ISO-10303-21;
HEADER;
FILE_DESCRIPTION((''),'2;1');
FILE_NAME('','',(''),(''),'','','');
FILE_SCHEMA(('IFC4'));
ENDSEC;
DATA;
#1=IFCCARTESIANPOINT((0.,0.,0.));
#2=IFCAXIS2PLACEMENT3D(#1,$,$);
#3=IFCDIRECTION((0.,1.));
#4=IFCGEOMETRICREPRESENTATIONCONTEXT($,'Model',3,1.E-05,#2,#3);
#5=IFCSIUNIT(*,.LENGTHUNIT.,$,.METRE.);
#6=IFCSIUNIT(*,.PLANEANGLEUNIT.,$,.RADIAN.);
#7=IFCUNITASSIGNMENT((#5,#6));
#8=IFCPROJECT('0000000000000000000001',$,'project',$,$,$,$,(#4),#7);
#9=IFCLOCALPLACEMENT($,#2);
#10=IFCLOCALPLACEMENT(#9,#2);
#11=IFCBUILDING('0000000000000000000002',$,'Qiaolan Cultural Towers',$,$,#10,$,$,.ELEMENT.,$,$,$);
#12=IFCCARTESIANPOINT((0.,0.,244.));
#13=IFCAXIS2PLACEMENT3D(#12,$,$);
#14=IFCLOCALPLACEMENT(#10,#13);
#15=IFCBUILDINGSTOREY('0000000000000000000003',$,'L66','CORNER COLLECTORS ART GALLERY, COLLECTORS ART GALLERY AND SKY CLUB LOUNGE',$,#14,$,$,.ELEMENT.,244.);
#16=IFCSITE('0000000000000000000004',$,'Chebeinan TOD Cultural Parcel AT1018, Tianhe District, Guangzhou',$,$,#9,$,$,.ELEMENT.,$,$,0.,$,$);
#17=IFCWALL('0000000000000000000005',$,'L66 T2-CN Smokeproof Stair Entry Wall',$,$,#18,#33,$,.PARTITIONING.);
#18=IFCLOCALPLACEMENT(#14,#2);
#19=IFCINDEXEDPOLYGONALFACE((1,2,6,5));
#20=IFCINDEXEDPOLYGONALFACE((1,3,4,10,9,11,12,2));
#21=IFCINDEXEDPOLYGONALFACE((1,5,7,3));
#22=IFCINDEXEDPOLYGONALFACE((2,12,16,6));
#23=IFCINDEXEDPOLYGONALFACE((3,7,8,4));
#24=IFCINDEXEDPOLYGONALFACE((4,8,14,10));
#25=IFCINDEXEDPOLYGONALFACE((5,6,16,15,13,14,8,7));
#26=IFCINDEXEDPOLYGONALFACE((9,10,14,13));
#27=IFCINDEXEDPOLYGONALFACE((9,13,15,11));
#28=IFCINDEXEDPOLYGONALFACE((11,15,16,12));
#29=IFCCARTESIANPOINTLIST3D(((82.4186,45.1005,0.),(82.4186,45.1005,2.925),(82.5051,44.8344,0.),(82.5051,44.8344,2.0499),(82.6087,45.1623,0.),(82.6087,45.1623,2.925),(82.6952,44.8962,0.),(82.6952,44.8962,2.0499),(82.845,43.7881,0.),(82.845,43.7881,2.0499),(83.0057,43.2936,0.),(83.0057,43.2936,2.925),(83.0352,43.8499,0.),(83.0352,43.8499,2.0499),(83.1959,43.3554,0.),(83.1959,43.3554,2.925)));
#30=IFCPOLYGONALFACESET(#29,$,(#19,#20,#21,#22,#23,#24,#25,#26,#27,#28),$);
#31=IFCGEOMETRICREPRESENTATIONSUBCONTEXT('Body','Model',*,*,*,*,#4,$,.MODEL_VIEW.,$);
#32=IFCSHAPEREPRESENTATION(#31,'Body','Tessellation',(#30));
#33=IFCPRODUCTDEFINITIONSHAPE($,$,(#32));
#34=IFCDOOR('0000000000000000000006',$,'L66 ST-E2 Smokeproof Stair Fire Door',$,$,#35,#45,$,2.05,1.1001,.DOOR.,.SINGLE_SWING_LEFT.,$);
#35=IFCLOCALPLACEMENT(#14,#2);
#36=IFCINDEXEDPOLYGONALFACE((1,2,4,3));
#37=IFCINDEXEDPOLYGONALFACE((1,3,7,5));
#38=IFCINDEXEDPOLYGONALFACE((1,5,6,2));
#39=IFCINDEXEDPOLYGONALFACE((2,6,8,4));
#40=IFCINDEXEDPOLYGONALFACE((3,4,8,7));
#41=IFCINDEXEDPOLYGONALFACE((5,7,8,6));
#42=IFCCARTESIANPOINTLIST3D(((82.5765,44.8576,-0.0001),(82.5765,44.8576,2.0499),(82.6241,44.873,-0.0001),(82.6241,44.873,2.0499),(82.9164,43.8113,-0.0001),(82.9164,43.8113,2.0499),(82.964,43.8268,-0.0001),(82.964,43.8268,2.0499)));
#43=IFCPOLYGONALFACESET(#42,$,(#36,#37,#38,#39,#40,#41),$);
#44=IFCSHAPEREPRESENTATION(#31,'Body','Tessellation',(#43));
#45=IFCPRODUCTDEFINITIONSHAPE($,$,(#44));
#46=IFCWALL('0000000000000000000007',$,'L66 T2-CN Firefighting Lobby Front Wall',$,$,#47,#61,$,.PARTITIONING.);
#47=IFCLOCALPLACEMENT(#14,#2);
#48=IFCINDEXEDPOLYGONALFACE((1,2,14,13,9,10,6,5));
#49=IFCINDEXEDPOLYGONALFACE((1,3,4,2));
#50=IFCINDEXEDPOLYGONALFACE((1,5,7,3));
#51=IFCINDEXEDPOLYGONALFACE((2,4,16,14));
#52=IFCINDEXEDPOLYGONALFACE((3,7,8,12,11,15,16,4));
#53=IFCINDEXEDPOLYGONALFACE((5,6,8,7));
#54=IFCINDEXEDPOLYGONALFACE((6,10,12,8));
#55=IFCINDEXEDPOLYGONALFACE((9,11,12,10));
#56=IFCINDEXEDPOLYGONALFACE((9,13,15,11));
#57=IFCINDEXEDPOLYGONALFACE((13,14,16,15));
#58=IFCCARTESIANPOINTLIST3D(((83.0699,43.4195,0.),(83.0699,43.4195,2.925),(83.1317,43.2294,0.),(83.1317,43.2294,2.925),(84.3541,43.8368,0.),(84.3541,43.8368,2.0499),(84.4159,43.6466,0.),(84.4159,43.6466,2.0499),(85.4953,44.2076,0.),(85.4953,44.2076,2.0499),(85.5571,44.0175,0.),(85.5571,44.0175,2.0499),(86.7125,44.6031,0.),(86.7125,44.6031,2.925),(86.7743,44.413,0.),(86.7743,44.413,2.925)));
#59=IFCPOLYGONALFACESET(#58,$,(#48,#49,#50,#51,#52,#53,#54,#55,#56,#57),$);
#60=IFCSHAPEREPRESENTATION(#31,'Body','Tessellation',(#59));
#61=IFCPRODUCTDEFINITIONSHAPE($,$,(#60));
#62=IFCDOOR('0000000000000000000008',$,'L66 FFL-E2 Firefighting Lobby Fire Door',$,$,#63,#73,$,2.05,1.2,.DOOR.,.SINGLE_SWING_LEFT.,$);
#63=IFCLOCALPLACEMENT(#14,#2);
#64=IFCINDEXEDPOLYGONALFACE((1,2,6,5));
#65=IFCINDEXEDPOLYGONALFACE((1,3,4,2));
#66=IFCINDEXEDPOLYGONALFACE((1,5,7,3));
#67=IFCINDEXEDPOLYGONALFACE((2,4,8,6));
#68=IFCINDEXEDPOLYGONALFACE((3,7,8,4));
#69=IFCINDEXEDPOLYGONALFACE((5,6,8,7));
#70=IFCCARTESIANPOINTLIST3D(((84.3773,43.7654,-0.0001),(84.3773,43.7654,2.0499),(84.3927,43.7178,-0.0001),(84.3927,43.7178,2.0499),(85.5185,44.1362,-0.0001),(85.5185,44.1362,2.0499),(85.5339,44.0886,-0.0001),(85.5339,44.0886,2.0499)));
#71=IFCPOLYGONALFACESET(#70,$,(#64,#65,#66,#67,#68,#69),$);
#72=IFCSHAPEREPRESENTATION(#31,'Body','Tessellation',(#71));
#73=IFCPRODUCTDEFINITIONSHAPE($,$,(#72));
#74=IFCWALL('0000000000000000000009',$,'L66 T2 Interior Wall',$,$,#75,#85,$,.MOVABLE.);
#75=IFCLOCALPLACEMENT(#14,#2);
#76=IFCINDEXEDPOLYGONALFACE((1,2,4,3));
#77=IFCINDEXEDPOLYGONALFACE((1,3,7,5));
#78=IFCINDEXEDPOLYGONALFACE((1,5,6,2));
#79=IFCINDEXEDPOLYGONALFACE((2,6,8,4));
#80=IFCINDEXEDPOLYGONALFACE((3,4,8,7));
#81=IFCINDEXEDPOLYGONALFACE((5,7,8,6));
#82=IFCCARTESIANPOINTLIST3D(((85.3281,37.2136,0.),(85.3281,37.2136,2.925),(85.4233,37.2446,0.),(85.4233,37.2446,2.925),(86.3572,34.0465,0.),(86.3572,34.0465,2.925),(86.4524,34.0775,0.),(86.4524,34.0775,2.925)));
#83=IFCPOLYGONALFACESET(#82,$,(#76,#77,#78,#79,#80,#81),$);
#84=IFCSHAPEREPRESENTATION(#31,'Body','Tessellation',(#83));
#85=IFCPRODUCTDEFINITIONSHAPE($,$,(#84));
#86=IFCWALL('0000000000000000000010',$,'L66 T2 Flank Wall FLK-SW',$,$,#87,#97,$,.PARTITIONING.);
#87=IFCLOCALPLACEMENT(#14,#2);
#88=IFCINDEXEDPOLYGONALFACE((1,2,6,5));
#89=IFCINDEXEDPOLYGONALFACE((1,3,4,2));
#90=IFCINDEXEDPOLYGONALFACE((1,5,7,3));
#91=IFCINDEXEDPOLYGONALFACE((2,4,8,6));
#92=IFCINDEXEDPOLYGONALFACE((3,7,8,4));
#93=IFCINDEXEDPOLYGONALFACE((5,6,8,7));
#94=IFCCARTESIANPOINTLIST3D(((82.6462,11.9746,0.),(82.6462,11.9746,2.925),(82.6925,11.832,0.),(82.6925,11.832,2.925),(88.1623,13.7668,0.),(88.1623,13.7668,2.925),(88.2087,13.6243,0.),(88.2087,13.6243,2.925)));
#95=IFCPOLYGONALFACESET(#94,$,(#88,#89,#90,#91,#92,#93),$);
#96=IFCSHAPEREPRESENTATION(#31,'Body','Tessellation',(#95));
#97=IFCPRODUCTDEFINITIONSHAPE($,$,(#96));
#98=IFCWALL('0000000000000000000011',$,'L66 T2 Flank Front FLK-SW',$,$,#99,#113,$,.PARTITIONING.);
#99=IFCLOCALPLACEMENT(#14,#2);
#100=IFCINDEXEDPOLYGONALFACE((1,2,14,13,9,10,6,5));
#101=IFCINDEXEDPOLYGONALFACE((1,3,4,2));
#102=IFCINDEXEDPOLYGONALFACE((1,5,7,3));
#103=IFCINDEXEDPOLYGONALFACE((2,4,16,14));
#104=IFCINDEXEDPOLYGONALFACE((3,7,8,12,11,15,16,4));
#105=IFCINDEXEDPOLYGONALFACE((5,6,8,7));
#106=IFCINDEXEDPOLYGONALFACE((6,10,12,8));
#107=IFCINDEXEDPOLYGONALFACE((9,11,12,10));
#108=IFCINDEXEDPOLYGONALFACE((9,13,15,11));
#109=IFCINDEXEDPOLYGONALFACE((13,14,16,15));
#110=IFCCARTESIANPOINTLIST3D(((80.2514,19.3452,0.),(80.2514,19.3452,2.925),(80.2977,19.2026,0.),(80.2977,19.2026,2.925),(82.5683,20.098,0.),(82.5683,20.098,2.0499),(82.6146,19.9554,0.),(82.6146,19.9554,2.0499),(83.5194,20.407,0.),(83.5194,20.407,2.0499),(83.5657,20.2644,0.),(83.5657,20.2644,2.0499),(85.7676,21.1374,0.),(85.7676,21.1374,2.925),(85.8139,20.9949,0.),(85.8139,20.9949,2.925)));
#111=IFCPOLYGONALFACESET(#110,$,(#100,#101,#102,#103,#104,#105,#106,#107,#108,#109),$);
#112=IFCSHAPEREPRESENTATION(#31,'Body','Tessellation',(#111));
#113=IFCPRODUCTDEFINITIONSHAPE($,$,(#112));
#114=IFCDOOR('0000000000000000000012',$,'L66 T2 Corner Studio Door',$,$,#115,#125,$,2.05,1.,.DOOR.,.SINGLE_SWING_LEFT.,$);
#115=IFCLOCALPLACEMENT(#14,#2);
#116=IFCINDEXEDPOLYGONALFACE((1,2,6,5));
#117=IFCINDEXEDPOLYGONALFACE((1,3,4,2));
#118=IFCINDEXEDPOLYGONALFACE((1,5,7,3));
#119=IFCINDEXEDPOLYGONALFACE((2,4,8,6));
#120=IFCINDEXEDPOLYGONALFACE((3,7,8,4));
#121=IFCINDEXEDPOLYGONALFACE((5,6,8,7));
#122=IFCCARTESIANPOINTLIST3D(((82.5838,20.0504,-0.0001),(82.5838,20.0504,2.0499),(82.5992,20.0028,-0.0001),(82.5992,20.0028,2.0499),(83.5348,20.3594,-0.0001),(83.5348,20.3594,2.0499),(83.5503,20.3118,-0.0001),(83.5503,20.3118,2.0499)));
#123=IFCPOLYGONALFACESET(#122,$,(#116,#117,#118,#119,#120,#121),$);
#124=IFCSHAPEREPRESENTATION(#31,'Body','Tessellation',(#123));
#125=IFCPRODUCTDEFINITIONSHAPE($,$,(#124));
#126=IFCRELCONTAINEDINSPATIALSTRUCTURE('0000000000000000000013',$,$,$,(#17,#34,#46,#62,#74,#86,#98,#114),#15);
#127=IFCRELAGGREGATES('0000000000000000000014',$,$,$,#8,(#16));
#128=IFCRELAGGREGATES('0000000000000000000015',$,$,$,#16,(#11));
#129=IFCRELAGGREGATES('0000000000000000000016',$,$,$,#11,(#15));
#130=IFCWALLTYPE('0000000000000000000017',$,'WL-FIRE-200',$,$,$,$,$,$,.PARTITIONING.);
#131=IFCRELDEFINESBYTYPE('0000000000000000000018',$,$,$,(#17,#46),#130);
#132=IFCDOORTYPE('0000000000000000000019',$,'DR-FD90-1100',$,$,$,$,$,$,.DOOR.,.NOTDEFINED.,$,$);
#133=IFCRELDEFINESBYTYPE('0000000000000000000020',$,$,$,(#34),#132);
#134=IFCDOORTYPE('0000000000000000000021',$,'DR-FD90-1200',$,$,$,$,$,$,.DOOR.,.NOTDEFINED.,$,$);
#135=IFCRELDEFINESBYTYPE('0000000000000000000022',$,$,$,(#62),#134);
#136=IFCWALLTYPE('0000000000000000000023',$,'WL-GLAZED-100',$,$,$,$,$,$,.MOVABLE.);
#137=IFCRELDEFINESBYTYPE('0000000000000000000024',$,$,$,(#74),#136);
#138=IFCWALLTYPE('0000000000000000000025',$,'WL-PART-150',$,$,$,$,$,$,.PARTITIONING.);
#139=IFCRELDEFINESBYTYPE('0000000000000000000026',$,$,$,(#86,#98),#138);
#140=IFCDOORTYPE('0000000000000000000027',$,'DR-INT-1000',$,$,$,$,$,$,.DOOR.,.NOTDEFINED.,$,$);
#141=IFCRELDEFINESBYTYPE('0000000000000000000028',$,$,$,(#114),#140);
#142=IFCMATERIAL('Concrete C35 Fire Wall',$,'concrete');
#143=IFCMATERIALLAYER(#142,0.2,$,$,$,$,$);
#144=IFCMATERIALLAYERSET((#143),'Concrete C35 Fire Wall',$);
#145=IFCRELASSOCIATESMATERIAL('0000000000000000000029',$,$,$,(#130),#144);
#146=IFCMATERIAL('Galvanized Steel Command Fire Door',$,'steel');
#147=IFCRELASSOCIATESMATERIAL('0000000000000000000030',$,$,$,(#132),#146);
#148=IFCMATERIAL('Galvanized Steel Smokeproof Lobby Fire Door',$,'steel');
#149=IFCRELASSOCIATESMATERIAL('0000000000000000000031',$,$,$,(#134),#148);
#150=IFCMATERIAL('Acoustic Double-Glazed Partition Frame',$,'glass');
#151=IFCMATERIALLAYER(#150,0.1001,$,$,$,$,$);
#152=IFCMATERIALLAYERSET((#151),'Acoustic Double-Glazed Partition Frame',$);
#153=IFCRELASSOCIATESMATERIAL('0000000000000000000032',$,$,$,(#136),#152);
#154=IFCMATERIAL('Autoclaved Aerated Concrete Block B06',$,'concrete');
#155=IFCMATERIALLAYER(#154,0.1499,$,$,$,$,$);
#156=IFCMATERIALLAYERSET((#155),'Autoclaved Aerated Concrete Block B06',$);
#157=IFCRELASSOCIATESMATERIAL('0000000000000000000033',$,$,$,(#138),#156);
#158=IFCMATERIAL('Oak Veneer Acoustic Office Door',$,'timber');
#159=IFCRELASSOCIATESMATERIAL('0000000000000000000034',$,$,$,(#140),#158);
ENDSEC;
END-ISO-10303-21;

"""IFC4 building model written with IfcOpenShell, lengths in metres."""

from ifc_helpers import new_model, si_unit, direction, frame, frame_2d, origin, place, context, subcontext, project, spatial, rectangle, extrude, material, layer, layer_set, type_object, element, fill, save


model = new_model("IFC4")

# Units and contexts
model_context = context("Model", 3, precision=1e-05, world=origin(), true_north=direction((0.0, 1.0)))
body_context = subcontext(model_context, "Body", "Model", "MODEL_VIEW")
ifc_project = project(units=[si_unit("LENGTHUNIT", "METRE"), si_unit("PLANEANGLEUNIT", "RADIAN")], contexts=[model_context])

# Site, building, storey
site_placement = place(None, origin())
site = spatial("IfcSite", under=ifc_project, at=site_placement, Name="Chebeinan TOD Cultural Parcel AT1018, Tianhe District, Guangzhou", CompositionType="ELEMENT", RefElevation=0.0)
building_placement = place(site_placement, origin())
building = spatial("IfcBuilding", under=site, at=building_placement, Name="Qiaolan Cultural Towers", CompositionType="ELEMENT")
storey_placement = place(building_placement, frame((0.0, 0.0, 244.0)))
storey = spatial("IfcBuildingStorey", under=building, at=storey_placement, Name="L66", Description="CORNER COLLECTORS ART GALLERY, COLLECTORS ART GALLERY AND SKY CLUB LOUNGE", CompositionType="ELEMENT", Elevation=244.0)

# Walls, openings, doors
ifc_material_1 = material(Name="Concrete C35 Fire Wall", Category="concrete")
ifc_layer_1 = layer(ifc_material_1, 0.2)
ifc_layer_set_1 = layer_set([ifc_layer_1], Name="Concrete C35 Fire Wall")
wall_type_1 = type_object("IfcWallType", Name="WL-FIRE-200", PredefinedType="PARTITIONING", material=ifc_layer_set_1)
wall_1_placement = place(storey_placement, frame((83.1008, 43.3245, 0.0), z_axis=(0.0, 0.0, 1.0), x_axis=(-0.309048, 0.951046, 0.0)))
wall_1 = element("IfcWall", 1, at=wall_1_placement, inside=storey, type_object=wall_type_1, Name="L66 T2-CN Smokeproof Stair Entry Wall", PredefinedType="PARTITIONING", context=body_context, shape_type="SweptSolid", body=[
    extrude(rectangle(XDim=1.8999, YDim=0.2, at=frame_2d((0.95, 0.0))), origin(), (0.0, 0.0, 1.0), 2.925),
])
opening_1_placement = place(wall_1_placement, frame((0.52, 0.0, 0.0)))
opening_1 = element("IfcOpeningElement", 2, at=opening_1_placement, cuts=wall_1, PredefinedType="OPENING", context=body_context, shape_type="SweptSolid", body=[
    extrude(rectangle(XDim=1.1001, YDim=2.05, at=frame_2d((0.55, 1.0249))), frame((0.0, 0.1099, 0.0), z_axis=(0.0, -1.0, 0.0), x_axis=(1.0, 0.0, 0.0)), (0.0, 0.0, 1.0), 0.22),
])
ifc_material_2 = material(Name="Galvanized Steel Command Fire Door", Category="steel")
door_type_1 = type_object("IfcDoorType", Name="DR-FD90-1100", OperationType="NOTDEFINED", PredefinedType="DOOR", material=ifc_material_2)
door_1_placement = place(opening_1_placement, origin())
door_1 = element("IfcDoor", 3, at=door_1_placement, inside=storey, type_object=door_type_1, Name="L66 ST-E2 Smokeproof Stair Fire Door", OperationType="SINGLE_SWING_LEFT", OverallHeight=2.05, OverallWidth=1.1001, PredefinedType="DOOR", context=body_context, shape_type="SweptSolid", body=[
    extrude(rectangle(XDim=1.1001, YDim=2.05, at=frame_2d((0.55, 1.0249))), frame((0.0, 0.0249, 0.0), z_axis=(0.0, -1.0, 0.0), x_axis=(1.0, 0.0, 0.0)), (0.0, 0.0, 1.0), 0.05),
])
fill(opening_1, door_1)
wall_2_placement = place(storey_placement, frame((83.1008, 43.3245, 0.0), z_axis=(0.0, 0.0, 1.0), x_axis=(0.951053, 0.309028, 0.0)))
wall_2 = element("IfcWall", 4, at=wall_2_placement, inside=storey, type_object=wall_type_1, Name="L66 T2-CN Firefighting Lobby Front Wall", PredefinedType="PARTITIONING", context=body_context, shape_type="SweptSolid", body=[
    extrude(rectangle(XDim=3.8301, YDim=0.2, at=frame_2d((1.915, 0.0))), origin(), (0.0, 0.0, 1.0), 2.925),
])
opening_2_placement = place(wall_2_placement, frame((1.3501, 0.0, 0.0)))
opening_2 = element("IfcOpeningElement", 5, at=opening_2_placement, cuts=wall_2, PredefinedType="OPENING", context=body_context, shape_type="SweptSolid", body=[
    extrude(rectangle(XDim=1.2, YDim=2.05, at=frame_2d((0.6001, 1.0249))), frame((0.0, 0.1099, 0.0), z_axis=(0.0, -1.0, 0.0), x_axis=(1.0, 0.0, 0.0)), (0.0, 0.0, 1.0), 0.22),
])
ifc_material_3 = material(Name="Galvanized Steel Smokeproof Lobby Fire Door", Category="steel")
door_type_2 = type_object("IfcDoorType", Name="DR-FD90-1200", OperationType="NOTDEFINED", PredefinedType="DOOR", material=ifc_material_3)
door_2_placement = place(opening_2_placement, origin())
door_2 = element("IfcDoor", 6, at=door_2_placement, inside=storey, type_object=door_type_2, Name="L66 FFL-E2 Firefighting Lobby Fire Door", OperationType="SINGLE_SWING_LEFT", OverallHeight=2.05, OverallWidth=1.2, PredefinedType="DOOR", context=body_context, shape_type="SweptSolid", body=[
    extrude(rectangle(XDim=1.2, YDim=2.05, at=frame_2d((0.6001, 1.0249))), frame((0.0, 0.0249, 0.0), z_axis=(0.0, -1.0, 0.0), x_axis=(1.0, 0.0, 0.0)), (0.0, 0.0, 1.0), 0.05),
])
fill(opening_2, door_2)

# Walls
ifc_material_4 = material(Name="Acoustic Double-Glazed Partition Frame", Category="glass")
ifc_layer_2 = layer(ifc_material_4, 0.1001)
ifc_layer_set_2 = layer_set([ifc_layer_2], Name="Acoustic Double-Glazed Partition Frame")
wall_type_2 = type_object("IfcWallType", Name="WL-GLAZED-100", PredefinedType="MOVABLE", material=ifc_layer_set_2)
wall_3_placement = place(storey_placement, frame((86.4048, 34.062, 0.0), z_axis=(0.0, 0.0, 1.0), x_axis=(-0.309026, 0.951053, 0.0)))
element("IfcWall", 7, at=wall_3_placement, inside=storey, type_object=wall_type_2, Name="L66 T2 Interior Wall", PredefinedType="MOVABLE", context=body_context, shape_type="SweptSolid", body=[
    extrude(rectangle(XDim=3.3301, YDim=0.1001, at=frame_2d((1.665, 0.0))), origin(), (0.0, 0.0, 1.0), 2.925),
])
ifc_material_5 = material(Name="Autoclaved Aerated Concrete Block B06", Category="concrete")
ifc_layer_3 = layer(ifc_material_5, 0.1499)
ifc_layer_set_3 = layer_set([ifc_layer_3], Name="Autoclaved Aerated Concrete Block B06")
wall_type_3 = type_object("IfcWallType", Name="WL-PART-150", PredefinedType="PARTITIONING", material=ifc_layer_set_3)
wall_4_placement = place(storey_placement, frame((82.6694, 11.9033, 0.0), z_axis=(0.0, 0.0, 1.0), x_axis=(0.951059, 0.309008, 0.0)))
element("IfcWall", 8, at=wall_4_placement, inside=storey, type_object=wall_type_3, Name="L66 T2 Flank Wall FLK-SW", PredefinedType="PARTITIONING", context=body_context, shape_type="SweptSolid", body=[
    extrude(rectangle(XDim=5.8, YDim=0.1499, at=frame_2d((2.8999, 0.0))), origin(), (0.0, 0.0, 1.0), 2.925),
])

# Wall, opening, door
wall_5_placement = place(storey_placement, frame((80.2747, 19.2739, 0.0), z_axis=(0.0, 0.0, 1.0), x_axis=(0.951059, 0.309008, 0.0)))
wall_5 = element("IfcWall", 9, at=wall_5_placement, inside=storey, type_object=wall_type_3, Name="L66 T2 Flank Front FLK-SW", PredefinedType="PARTITIONING", context=body_context, shape_type="SweptSolid", body=[
    extrude(rectangle(XDim=5.8, YDim=0.1499, at=frame_2d((2.8999, 0.0))), origin(), (0.0, 0.0, 1.0), 2.925),
])
opening_3_placement = place(wall_5_placement, frame((2.436, 0.0, 0.0)))
opening_3 = element("IfcOpeningElement", 10, at=opening_3_placement, cuts=wall_5, PredefinedType="OPENING", context=body_context, shape_type="SweptSolid", body=[
    extrude(rectangle(XDim=1.0, YDim=2.05, at=frame_2d((0.5, 1.0249))), frame((0.0, 0.085, 0.0), z_axis=(0.0, -1.0, 0.0), x_axis=(1.0, 0.0, 0.0)), (0.0, 0.0, 1.0), 0.1699),
])
ifc_material_6 = material(Name="Oak Veneer Acoustic Office Door", Category="timber")
door_type_3 = type_object("IfcDoorType", Name="DR-INT-1000", OperationType="NOTDEFINED", PredefinedType="DOOR", material=ifc_material_6)
door_3_placement = place(opening_3_placement, origin())
door_3 = element("IfcDoor", 11, at=door_3_placement, inside=storey, type_object=door_type_3, Name="L66 T2 Corner Studio Door", OperationType="SINGLE_SWING_LEFT", OverallHeight=2.05, OverallWidth=1.0, PredefinedType="DOOR", context=body_context, shape_type="SweptSolid", body=[
    extrude(rectangle(XDim=1.0, YDim=2.05, at=frame_2d((0.5, 1.0249))), frame((0.0, 0.0249, 0.0), z_axis=(0.0, -1.0, 0.0), x_axis=(1.0, 0.0, 0.0)), (0.0, 0.0, 1.0), 0.05),
])
fill(opening_3, door_3)

save(model, "model.ifc")
